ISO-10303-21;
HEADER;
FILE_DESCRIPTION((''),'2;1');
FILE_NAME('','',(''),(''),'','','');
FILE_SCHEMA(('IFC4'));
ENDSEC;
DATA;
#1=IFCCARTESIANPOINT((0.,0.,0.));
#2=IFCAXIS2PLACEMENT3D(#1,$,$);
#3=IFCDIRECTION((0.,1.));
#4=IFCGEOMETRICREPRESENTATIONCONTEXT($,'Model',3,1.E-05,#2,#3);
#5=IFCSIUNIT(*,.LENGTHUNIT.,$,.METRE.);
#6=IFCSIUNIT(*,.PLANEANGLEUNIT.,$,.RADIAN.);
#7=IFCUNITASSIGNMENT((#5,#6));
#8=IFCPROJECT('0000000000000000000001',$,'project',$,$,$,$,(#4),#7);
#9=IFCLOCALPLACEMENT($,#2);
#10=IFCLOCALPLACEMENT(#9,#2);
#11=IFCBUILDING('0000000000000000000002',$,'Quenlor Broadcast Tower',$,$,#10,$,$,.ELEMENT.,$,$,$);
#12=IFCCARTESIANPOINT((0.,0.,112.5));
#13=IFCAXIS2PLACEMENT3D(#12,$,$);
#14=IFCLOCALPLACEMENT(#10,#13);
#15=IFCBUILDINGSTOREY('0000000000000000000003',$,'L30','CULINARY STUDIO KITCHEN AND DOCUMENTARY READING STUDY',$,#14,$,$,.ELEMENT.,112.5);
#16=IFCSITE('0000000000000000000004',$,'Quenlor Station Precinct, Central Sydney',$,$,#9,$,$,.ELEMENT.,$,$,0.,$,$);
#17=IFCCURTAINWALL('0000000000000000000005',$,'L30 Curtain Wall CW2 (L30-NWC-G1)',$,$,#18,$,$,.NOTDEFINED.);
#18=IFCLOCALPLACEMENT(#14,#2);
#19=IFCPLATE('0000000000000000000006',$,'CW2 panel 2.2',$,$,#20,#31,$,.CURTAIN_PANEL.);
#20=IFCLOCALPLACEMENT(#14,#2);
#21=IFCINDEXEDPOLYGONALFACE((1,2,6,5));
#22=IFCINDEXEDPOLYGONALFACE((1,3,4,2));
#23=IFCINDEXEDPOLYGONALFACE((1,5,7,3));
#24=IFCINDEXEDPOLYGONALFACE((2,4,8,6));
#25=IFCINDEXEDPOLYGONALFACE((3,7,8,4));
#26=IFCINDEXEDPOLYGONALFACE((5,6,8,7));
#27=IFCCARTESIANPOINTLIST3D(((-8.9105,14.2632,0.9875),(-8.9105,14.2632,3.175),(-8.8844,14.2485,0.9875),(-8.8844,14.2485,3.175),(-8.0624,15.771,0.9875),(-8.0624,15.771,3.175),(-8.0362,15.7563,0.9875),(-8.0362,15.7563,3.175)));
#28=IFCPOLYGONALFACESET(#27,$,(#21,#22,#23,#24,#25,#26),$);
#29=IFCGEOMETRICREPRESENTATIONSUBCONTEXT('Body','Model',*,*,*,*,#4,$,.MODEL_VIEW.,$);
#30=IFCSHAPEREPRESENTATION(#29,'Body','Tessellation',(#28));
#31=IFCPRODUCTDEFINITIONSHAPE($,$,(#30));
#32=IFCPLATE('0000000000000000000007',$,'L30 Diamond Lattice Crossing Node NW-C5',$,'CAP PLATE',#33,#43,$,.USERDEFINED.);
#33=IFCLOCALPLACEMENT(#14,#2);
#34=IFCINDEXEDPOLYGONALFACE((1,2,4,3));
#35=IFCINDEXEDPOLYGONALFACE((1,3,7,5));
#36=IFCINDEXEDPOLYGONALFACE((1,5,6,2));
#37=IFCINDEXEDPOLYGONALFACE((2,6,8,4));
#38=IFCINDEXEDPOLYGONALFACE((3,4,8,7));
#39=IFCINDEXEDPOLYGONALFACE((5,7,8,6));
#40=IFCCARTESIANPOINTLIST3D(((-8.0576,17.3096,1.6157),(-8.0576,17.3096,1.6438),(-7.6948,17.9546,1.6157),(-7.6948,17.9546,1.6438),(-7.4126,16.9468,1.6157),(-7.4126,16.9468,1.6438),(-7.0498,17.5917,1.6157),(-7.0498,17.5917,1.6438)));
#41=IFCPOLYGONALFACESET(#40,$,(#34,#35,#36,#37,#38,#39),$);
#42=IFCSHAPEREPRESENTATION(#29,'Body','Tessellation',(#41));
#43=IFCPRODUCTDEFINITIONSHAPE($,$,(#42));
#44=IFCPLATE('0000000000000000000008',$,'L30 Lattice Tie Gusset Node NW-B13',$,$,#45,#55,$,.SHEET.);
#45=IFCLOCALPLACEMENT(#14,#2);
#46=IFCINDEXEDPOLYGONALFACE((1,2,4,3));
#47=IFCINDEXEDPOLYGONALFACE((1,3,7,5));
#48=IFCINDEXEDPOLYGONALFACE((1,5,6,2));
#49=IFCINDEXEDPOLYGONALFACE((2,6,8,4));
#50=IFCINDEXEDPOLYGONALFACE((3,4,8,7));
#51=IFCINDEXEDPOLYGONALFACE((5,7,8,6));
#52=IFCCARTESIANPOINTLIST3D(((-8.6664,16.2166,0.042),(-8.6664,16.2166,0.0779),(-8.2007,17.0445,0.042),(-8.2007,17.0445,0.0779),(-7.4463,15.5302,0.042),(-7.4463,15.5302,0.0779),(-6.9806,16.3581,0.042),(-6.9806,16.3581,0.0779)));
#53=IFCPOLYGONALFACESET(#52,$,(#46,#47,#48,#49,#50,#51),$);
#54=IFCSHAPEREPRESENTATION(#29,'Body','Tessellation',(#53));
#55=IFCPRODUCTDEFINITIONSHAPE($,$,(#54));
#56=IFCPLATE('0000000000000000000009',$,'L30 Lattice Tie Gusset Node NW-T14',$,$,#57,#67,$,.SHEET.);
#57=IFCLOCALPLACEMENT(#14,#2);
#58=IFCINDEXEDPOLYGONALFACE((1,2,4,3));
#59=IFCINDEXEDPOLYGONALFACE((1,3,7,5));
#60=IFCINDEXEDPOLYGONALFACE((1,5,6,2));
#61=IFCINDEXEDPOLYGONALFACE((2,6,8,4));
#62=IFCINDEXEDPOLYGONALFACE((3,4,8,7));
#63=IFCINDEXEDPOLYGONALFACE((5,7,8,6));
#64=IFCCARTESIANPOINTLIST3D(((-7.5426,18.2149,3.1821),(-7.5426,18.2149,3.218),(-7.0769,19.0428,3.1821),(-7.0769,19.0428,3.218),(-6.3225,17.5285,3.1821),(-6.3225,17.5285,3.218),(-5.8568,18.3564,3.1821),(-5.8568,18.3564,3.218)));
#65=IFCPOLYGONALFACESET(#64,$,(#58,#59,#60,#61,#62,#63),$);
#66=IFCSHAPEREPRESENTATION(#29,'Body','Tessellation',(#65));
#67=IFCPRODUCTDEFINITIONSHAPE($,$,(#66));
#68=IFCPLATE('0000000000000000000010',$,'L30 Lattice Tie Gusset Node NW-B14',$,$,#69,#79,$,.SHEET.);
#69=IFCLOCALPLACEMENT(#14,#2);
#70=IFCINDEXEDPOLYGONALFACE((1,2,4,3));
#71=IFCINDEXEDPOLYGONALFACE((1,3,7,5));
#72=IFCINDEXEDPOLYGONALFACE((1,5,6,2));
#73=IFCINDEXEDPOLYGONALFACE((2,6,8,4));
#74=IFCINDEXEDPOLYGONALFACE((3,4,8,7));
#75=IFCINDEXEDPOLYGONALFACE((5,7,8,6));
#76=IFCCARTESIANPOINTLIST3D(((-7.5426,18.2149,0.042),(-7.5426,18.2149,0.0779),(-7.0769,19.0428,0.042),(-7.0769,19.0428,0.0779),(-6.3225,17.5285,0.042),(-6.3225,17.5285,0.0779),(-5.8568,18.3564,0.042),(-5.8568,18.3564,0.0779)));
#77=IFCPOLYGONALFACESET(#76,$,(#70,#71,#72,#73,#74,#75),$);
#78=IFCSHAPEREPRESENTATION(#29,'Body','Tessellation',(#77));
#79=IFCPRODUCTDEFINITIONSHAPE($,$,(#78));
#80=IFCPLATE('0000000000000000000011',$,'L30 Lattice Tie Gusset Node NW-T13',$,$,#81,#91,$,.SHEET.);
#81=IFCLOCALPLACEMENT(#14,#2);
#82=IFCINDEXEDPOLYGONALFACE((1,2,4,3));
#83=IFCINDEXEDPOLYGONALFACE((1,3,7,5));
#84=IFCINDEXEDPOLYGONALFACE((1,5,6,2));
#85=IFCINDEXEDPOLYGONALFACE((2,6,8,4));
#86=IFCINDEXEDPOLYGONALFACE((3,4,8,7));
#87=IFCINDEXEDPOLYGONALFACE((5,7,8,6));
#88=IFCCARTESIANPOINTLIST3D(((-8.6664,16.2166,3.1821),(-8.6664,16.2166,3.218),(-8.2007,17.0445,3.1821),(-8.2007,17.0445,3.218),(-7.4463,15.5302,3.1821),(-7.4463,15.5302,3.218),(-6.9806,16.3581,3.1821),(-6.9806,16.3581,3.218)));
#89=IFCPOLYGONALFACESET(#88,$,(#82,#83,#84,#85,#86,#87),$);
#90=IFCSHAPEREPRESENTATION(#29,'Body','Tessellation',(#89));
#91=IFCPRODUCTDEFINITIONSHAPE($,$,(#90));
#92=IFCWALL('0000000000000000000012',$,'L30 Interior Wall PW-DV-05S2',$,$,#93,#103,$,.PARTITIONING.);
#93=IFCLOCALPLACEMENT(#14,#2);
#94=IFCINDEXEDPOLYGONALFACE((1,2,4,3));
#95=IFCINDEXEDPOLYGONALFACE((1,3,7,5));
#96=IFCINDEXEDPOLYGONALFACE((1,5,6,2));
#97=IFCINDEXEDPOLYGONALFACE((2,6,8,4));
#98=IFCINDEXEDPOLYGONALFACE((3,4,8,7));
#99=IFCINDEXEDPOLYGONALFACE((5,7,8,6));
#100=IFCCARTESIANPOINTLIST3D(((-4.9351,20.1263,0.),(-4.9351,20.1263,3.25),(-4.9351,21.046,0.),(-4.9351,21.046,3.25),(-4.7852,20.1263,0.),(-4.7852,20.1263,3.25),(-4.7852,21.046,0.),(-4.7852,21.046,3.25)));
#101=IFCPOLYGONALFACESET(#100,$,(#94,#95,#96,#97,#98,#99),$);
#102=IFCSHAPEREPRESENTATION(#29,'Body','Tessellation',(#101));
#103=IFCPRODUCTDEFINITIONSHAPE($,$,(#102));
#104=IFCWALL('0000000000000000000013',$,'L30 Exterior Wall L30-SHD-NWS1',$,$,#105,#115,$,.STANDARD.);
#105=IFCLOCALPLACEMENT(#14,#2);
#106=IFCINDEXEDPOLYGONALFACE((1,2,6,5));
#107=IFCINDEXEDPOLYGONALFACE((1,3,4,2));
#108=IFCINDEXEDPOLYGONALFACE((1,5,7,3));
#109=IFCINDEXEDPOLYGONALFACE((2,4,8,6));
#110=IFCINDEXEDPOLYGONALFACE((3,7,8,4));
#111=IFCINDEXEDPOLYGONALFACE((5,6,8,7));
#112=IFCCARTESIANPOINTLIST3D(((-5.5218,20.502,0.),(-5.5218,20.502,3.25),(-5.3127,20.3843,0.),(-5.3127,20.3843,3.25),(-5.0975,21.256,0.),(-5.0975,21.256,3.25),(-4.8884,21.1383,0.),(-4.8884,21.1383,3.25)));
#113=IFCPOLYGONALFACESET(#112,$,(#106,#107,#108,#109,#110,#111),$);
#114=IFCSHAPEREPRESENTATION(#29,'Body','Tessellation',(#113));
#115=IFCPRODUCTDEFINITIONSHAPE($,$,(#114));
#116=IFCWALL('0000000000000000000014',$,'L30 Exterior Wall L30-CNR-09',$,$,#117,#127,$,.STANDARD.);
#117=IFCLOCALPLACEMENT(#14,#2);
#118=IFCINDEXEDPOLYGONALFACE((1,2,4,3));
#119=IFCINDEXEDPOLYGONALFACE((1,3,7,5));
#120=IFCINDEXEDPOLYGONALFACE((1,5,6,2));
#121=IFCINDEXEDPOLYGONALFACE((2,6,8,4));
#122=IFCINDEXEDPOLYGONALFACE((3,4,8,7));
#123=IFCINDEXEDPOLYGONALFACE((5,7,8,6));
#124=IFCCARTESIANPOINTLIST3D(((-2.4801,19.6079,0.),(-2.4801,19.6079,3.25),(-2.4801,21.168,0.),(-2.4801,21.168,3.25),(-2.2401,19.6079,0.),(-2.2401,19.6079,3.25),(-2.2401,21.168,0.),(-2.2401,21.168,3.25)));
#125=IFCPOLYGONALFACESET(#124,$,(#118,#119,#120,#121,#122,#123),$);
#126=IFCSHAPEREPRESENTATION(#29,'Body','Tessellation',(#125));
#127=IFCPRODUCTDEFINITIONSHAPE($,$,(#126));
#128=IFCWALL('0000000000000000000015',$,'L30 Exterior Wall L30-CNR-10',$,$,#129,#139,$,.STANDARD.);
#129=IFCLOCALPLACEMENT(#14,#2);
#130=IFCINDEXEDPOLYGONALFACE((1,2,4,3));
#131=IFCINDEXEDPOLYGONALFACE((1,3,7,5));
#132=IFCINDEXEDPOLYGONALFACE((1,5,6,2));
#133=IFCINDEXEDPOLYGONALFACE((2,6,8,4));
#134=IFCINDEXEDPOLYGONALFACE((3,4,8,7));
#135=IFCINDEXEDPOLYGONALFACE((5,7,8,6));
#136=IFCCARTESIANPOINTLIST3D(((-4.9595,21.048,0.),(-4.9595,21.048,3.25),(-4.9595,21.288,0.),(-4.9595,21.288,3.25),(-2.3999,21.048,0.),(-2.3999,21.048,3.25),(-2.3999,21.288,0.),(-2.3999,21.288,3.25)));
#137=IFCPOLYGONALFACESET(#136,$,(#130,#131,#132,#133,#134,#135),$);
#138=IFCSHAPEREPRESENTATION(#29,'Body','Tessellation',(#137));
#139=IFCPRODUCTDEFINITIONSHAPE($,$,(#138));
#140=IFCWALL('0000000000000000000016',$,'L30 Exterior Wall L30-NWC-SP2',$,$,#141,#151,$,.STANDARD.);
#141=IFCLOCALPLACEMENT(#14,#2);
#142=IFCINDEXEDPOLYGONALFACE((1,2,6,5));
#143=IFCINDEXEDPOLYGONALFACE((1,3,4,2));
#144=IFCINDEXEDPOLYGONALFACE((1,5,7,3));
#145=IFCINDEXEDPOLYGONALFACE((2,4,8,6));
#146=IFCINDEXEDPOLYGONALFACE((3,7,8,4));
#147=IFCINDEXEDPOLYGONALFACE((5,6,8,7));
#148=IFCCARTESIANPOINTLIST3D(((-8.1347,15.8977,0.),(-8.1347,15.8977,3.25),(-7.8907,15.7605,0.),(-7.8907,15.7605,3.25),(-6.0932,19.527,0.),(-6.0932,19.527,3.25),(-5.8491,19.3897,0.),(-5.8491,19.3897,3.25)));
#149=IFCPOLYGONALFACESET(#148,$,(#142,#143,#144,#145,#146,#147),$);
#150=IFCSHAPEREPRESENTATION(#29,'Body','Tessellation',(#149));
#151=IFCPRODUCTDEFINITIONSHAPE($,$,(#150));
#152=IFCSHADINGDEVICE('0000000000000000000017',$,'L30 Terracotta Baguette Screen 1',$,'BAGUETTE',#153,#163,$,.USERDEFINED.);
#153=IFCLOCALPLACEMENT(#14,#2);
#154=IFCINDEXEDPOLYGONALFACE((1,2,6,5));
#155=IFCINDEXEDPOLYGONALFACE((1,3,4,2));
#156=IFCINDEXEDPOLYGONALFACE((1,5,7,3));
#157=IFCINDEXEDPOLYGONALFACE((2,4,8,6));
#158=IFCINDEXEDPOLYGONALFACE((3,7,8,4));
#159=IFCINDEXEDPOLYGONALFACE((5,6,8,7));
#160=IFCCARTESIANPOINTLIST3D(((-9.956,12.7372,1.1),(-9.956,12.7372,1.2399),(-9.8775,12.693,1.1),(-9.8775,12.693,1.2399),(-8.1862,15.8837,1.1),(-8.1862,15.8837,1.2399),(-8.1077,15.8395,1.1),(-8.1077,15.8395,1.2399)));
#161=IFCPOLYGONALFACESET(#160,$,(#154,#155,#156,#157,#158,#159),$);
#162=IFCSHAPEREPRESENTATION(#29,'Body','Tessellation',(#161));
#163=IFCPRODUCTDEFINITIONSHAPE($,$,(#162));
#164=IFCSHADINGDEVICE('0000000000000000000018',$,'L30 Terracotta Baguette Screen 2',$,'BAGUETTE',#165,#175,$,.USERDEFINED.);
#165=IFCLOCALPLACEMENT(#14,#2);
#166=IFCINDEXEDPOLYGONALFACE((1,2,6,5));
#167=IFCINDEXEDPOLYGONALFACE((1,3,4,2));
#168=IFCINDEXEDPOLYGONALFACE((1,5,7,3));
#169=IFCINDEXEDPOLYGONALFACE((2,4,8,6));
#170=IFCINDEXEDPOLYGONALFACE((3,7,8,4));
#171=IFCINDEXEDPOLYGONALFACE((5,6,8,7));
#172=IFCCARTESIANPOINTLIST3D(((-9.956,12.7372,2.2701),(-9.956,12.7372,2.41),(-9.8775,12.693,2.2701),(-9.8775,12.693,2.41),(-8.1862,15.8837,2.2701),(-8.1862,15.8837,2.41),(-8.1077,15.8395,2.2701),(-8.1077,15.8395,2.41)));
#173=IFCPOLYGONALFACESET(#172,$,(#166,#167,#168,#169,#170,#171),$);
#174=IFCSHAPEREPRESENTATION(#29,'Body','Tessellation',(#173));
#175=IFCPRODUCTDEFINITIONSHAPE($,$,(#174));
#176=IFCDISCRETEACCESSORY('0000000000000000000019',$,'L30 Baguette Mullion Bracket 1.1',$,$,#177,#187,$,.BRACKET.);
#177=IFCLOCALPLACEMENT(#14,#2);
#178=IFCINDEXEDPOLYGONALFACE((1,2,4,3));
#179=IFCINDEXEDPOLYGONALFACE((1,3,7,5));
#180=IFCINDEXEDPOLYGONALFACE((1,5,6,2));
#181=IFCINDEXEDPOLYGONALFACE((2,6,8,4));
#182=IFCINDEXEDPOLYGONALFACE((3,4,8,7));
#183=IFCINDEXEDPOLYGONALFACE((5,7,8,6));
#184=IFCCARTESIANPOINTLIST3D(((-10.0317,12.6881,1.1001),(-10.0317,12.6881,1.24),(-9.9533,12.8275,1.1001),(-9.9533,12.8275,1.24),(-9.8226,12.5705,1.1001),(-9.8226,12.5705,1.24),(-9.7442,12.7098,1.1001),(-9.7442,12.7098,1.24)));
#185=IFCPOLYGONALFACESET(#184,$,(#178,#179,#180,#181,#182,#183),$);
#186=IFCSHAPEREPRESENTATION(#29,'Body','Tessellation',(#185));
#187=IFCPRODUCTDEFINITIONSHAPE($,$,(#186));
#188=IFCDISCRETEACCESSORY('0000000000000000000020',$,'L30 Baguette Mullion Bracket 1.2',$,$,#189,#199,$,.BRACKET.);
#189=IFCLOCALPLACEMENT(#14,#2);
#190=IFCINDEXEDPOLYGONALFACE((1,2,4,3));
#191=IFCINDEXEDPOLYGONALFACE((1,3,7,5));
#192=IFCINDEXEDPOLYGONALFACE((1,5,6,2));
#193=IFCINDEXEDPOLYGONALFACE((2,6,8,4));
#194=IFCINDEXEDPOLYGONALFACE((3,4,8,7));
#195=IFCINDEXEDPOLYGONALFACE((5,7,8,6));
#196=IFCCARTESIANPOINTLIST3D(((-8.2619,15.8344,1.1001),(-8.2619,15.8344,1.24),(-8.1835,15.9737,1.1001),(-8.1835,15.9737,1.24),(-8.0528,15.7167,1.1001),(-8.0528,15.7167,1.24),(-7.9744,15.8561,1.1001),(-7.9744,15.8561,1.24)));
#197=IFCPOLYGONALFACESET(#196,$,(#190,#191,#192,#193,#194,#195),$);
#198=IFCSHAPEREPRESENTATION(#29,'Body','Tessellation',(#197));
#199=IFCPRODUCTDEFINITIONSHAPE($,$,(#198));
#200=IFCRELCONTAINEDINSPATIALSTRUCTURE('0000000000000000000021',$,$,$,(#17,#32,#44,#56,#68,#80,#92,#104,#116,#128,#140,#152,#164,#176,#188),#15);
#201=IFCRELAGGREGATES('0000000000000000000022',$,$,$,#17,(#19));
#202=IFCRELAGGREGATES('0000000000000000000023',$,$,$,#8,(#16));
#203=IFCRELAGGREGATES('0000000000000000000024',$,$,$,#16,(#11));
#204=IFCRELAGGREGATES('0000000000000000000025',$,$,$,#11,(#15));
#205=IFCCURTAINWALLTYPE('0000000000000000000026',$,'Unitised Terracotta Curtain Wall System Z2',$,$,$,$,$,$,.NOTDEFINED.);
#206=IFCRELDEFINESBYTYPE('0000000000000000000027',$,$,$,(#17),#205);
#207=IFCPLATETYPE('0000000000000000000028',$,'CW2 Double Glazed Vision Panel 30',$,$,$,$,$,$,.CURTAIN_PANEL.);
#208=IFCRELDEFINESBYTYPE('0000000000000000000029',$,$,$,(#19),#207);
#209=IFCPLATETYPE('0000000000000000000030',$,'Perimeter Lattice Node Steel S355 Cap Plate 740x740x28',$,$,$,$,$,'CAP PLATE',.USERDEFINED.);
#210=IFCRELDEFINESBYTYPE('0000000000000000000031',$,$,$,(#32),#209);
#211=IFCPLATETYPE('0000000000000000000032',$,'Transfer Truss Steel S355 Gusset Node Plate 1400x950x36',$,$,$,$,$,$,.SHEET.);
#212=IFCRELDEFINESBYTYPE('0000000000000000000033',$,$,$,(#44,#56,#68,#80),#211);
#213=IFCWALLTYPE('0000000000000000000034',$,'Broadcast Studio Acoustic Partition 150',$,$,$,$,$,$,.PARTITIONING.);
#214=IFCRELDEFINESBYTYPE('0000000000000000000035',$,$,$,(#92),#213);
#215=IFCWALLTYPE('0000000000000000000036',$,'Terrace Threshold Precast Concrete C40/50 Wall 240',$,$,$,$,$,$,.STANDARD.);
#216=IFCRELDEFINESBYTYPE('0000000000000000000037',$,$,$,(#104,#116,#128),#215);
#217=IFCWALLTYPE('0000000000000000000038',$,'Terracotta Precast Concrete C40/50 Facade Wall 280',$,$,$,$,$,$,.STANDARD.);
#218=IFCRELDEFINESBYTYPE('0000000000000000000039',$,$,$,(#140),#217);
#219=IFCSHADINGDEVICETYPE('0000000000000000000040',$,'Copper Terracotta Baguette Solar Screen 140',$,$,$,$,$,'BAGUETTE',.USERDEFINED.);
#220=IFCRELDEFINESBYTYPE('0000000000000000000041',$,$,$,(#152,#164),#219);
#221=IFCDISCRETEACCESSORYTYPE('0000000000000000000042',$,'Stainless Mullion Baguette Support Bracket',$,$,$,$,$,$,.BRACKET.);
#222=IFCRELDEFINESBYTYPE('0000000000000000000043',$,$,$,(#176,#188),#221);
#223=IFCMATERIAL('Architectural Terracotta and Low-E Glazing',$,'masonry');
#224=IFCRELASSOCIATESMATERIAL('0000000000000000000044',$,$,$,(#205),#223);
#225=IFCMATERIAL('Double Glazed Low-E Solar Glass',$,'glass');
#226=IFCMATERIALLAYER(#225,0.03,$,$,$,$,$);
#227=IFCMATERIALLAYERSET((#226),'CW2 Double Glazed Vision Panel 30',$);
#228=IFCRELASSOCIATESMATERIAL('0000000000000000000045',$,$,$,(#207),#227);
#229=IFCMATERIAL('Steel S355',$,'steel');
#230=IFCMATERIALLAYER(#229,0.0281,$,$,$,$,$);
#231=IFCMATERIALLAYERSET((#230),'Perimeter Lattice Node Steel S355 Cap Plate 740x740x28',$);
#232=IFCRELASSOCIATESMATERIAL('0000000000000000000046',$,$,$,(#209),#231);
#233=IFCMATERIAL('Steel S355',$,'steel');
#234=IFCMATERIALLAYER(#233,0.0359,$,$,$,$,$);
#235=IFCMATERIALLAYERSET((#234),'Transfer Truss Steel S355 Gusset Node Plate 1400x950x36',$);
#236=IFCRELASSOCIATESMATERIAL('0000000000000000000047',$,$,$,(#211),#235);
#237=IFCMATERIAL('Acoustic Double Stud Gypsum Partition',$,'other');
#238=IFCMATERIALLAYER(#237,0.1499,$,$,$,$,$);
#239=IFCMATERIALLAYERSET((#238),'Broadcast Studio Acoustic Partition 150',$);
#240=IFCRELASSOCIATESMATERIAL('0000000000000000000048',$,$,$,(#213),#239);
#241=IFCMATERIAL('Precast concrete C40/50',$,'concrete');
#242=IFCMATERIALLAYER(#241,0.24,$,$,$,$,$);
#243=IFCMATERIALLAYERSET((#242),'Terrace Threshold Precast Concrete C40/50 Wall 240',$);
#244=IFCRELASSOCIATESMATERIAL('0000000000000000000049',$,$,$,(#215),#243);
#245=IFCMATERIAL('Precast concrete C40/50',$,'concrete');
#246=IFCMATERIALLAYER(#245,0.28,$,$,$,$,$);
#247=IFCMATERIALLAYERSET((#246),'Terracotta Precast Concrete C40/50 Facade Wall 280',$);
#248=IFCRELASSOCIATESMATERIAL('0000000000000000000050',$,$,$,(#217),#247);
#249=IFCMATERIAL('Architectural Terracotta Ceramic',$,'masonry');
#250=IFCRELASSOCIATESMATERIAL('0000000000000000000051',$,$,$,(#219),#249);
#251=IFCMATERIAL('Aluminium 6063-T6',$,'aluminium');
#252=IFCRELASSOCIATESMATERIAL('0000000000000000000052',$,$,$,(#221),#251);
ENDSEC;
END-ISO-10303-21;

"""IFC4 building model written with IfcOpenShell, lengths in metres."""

from ifc_helpers import new_model, si_unit, direction, frame, frame_2d, origin, origin_2d, place, context, subcontext, project, spatial, rectangle, extrude, material, layer, layer_set, material_profile, profile_set, type_object, element, aggregate, save


model = new_model("IFC4")

# Units and contexts
model_context = context("Model", 3, precision=1e-05, world=origin(), true_north=direction((0.0, 1.0)))
body_context = subcontext(model_context, "Body", "Model", "MODEL_VIEW")
ifc_project = project(units=[si_unit("LENGTHUNIT", "METRE"), si_unit("PLANEANGLEUNIT", "RADIAN")], contexts=[model_context])

# Site, building, storey
site_placement = place(None, origin())
site = spatial("IfcSite", under=ifc_project, at=site_placement, Name="Quenlor Station Precinct, Central Sydney", CompositionType="ELEMENT", RefElevation=0.0)
building_placement = place(site_placement, origin())
building = spatial("IfcBuilding", under=site, at=building_placement, Name="Quenlor Broadcast Tower", CompositionType="ELEMENT")
storey_placement = place(building_placement, frame((0.0, 0.0, 112.5)))
storey = spatial("IfcBuildingStorey", under=building, at=storey_placement, Name="L30", Description="CULINARY STUDIO KITCHEN AND DOCUMENTARY READING STUDY", CompositionType="ELEMENT", Elevation=112.5)

# Curtain wall
ifc_material_1 = material(Name="Architectural Terracotta and Low-E Glazing", Category="masonry")
curtain_wall_type = type_object("IfcCurtainWallType", Name="Unitised Terracotta Curtain Wall System Z2", PredefinedType="NOTDEFINED", material=ifc_material_1)
curtain_wall_placement = place(storey_placement, origin())
curtain_wall = element("IfcCurtainWall", 1, at=curtain_wall_placement, inside=storey, type_object=curtain_wall_type, Name="L30 Curtain Wall CW2 (L30-NWC-G1)", PredefinedType="NOTDEFINED")

# Plate
ifc_material_2 = material(Name="Double Glazed Low-E Solar Glass", Category="glass")
ifc_layer_1 = layer(ifc_material_2, 0.03)
ifc_layer_set_1 = layer_set([ifc_layer_1], Name="CW2 Double Glazed Vision Panel 30")
plate_type_1 = type_object("IfcPlateType", Name="CW2 Double Glazed Vision Panel 30", PredefinedType="CURTAIN_PANEL", material=ifc_layer_set_1)
plate_1_placement = place(storey_placement, frame((-8.4734, 15.0098, 0.9875), z_axis=(0.0, 0.0, 1.0), x_axis=(0.490265, 0.871573, 0.0)))
plate_1 = element("IfcPlate", 2, at=plate_1_placement, type_object=plate_type_1, Name="CW2 panel 2.2", PredefinedType="CURTAIN_PANEL", context=body_context, shape_type="SweptSolid", body=[
    extrude(rectangle(XDim=1.73, YDim=0.03, at=origin_2d()), origin(), (0.0, 0.0, 1.0), 2.1875),
])
aggregate(curtain_wall, [plate_1])

# Plates
ifc_material_3 = material(Name="Steel S355", Category="steel")
ifc_layer_2 = layer(ifc_material_3, 0.0281)
ifc_layer_set_2 = layer_set([ifc_layer_2], Name="Perimeter Lattice Node Steel S355 Cap Plate 740x740x28")
plate_type_2 = type_object("IfcPlateType", Name="Perimeter Lattice Node Steel S355 Cap Plate 740x740x28", ElementType="CAP PLATE", PredefinedType="USERDEFINED", material=ifc_layer_set_2)
plate_2_placement = place(storey_placement, frame((-7.5537, 17.4507, 1.6157), z_axis=(0.0, 0.0, 1.0), x_axis=(0.490295, 0.871556, 0.0)))
element("IfcPlate", 3, at=plate_2_placement, inside=storey, type_object=plate_type_2, Name="L30 Diamond Lattice Crossing Node NW-C5", ObjectType="CAP PLATE", PredefinedType="USERDEFINED", context=body_context, shape_type="SweptSolid", body=[
    extrude(rectangle(XDim=0.74, YDim=0.74, at=origin_2d()), origin(), (0.0, 0.0, 1.0), 0.0281),
])
ifc_material_4 = material(Name="Steel S355", Category="steel")
ifc_layer_3 = layer(ifc_material_4, 0.0359)
ifc_layer_set_3 = layer_set([ifc_layer_3], Name="Transfer Truss Steel S355 Gusset Node Plate 1400x950x36")
plate_type_3 = type_object("IfcPlateType", Name="Transfer Truss Steel S355 Gusset Node Plate 1400x950x36", PredefinedType="SHEET", material=ifc_layer_set_3)
for number, where, z_axis, x_axis, name in (
    (4, (-7.8235, 16.2874, 0.042), (0.0, 0.0, 1.0), (-0.871556, 0.490295, 0.0), "L30 Lattice Tie Gusset Node NW-B13"),
    (5, (-6.6997, 18.2856, 3.1821), (0.0, 0.0, 1.0), (-0.871556, 0.490295, 0.0), "L30 Lattice Tie Gusset Node NW-T14"),
    (6, (-6.6997, 18.2856, 0.042), (0.0, 0.0, 1.0), (-0.871556, 0.490295, 0.0), "L30 Lattice Tie Gusset Node NW-B14"),
    (7, (-7.8235, 16.2874, 3.1821), (0.0, 0.0, 1.0), (-0.871556, 0.490295, 0.0), "L30 Lattice Tie Gusset Node NW-T13"),
):
    element("IfcPlate", number, at=place(storey_placement, frame(where, z_axis=z_axis, x_axis=x_axis)), inside=storey, type_object=plate_type_3, Name=name, PredefinedType="SHEET", context=body_context, shape_type="SweptSolid", body=[
        extrude(rectangle(XDim=1.3999, YDim=0.95, at=origin_2d()), origin(), (0.0, 0.0, 1.0), 0.0359),
    ])

# Walls
ifc_material_5 = material(Name="Acoustic Double Stud Gypsum Partition", Category="other")
ifc_layer_4 = layer(ifc_material_5, 0.1499)
ifc_layer_set_4 = layer_set([ifc_layer_4], Name="Broadcast Studio Acoustic Partition 150")
wall_type_1 = type_object("IfcWallType", Name="Broadcast Studio Acoustic Partition 150", PredefinedType="PARTITIONING", material=ifc_layer_set_4)
wall_1_placement = place(storey_placement, frame((-4.8601, 20.1262, 0.0), z_axis=(0.0, 0.0, 1.0), x_axis=(0.0, 1.0, 0.0)))
element("IfcWall", 8, at=wall_1_placement, inside=storey, type_object=wall_type_1, Name="L30 Interior Wall PW-DV-05S2", PredefinedType="PARTITIONING", context=body_context, shape_type="SweptSolid", body=[
    extrude(rectangle(XDim=0.9197, YDim=0.1499, at=frame_2d((0.46, 0.0))), origin(), (0.0, 0.0, 1.0), 3.25),
])
ifc_material_6 = material(Name="Precast concrete C40/50", Category="concrete")
ifc_layer_5 = layer(ifc_material_6, 0.24)
ifc_layer_set_5 = layer_set([ifc_layer_5], Name="Terrace Threshold Precast Concrete C40/50 Wall 240")
wall_type_2 = type_object("IfcWallType", Name="Terrace Threshold Precast Concrete C40/50 Wall 240", PredefinedType="STANDARD", material=ifc_layer_set_5)
wall_2_placement = place(storey_placement, frame((-5.4172, 20.4431, 0.0), z_axis=(0.0, 0.0, 1.0), x_axis=(0.490355, 0.871523, 0.0)))
element("IfcWall", 9, at=wall_2_placement, inside=storey, type_object=wall_type_2, Name="L30 Exterior Wall L30-SHD-NWS1", PredefinedType="STANDARD", context=body_context, shape_type="SweptSolid", body=[
    extrude(rectangle(XDim=0.8652, YDim=0.24, at=frame_2d((0.4326, 0.0))), origin(), (0.0, 0.0, 1.0), 3.25),
])
wall_3_placement = place(storey_placement, frame((-2.3601, 19.6079, 0.0), z_axis=(0.0, 0.0, 1.0), x_axis=(0.0, 1.0, 0.0)))
element("IfcWall", 10, at=wall_3_placement, inside=storey, type_object=wall_type_2, Name="L30 Exterior Wall L30-CNR-09", PredefinedType="STANDARD", context=body_context, shape_type="SweptSolid", body=[
    extrude(rectangle(XDim=1.5601, YDim=0.24, at=frame_2d((0.78, 0.0))), origin(), (0.0, 0.0, 1.0), 3.25),
])
wall_4_placement = place(storey_placement, frame((-2.3999, 21.168, 0.0), z_axis=(0.0, 0.0, 1.0), x_axis=(-1.0, 0.0, 0.0)))
element("IfcWall", 11, at=wall_4_placement, inside=storey, type_object=wall_type_2, Name="L30 Exterior Wall L30-CNR-10", PredefinedType="STANDARD", context=body_context, shape_type="SweptSolid", body=[
    extrude(rectangle(XDim=2.5596, YDim=0.24, at=frame_2d((1.2798, 0.0))), origin(), (0.0, 0.0, 1.0), 3.25),
])
ifc_material_7 = material(Name="Precast concrete C40/50", Category="concrete")
ifc_layer_6 = layer(ifc_material_7, 0.28)
ifc_layer_set_6 = layer_set([ifc_layer_6], Name="Terracotta Precast Concrete C40/50 Facade Wall 280")
wall_type_3 = type_object("IfcWallType", Name="Terracotta Precast Concrete C40/50 Facade Wall 280", PredefinedType="STANDARD", material=ifc_layer_set_6)
wall_5_placement = place(storey_placement, frame((-8.0127, 15.8291, 0.0), z_axis=(0.0, 0.0, 1.0), x_axis=(0.490281, 0.871565, 0.0)))
element("IfcWall", 12, at=wall_5_placement, inside=storey, type_object=wall_type_3, Name="L30 Exterior Wall L30-NWC-SP2", PredefinedType="STANDARD", context=body_context, shape_type="SweptSolid", body=[
    extrude(rectangle(XDim=4.1641, YDim=0.28, at=frame_2d((2.082, 0.0))), origin(), (0.0, 0.0, 1.0), 3.25),
])

# Shading devices
ifc_material_8 = material(Name="Architectural Terracotta Ceramic", Category="masonry")
ifc_material_profile_1 = material_profile(ifc_material_8, rectangle(XDim=0.0901, YDim=0.1399, at=origin_2d()))
ifc_profile_set_1 = profile_set([ifc_material_profile_1], Name="Architectural Terracotta Ceramic BAG90x140")
shading_device_type = type_object("IfcShadingDeviceType", Name="Copper Terracotta Baguette Solar Screen 140", ElementType="BAGUETTE", PredefinedType="USERDEFINED", material=ifc_profile_set_1)
for number, where, z_axis, x_axis, name in (
    (13, (-9.9167, 12.7151, 1.1699), (0.490236, 0.87159, 0.0), (-0.87159, 0.490236, 0.0), "L30 Terracotta Baguette Screen 1"),
    (14, (-9.9167, 12.7151, 2.3401), (0.490236, 0.87159, 0.0), (-0.87159, 0.490236, 0.0), "L30 Terracotta Baguette Screen 2"),
):
    element("IfcShadingDevice", number, at=place(storey_placement, frame(where, z_axis=z_axis, x_axis=x_axis)), inside=storey, type_object=shading_device_type, Name=name, ObjectType="BAGUETTE", PredefinedType="USERDEFINED", context=body_context, shape_type="SweptSolid", body=[
        extrude(rectangle(XDim=0.0901, YDim=0.1399, at=origin_2d()), origin(), (0.0, 0.0, 1.0), 3.6101),
    ])

# Discrete accessories
ifc_material_9 = material(Name="Aluminium 6063-T6", Category="aluminium")
discrete_accessory_type = type_object("IfcDiscreteAccessoryType", Name="Stainless Mullion Baguette Support Bracket", PredefinedType="BRACKET", material=ifc_material_9)
for number, where, z_axis, x_axis, name in (
    (15, (-9.8879, 12.699, 1.1001), (0.0, 0.0, 1.0), (0.490265, 0.871573, 0.0), "L30 Baguette Mullion Bracket 1.1"),
    (16, (-8.1182, 15.8452, 1.1001), (0.0, 0.0, 1.0), (0.490265, 0.871573, 0.0), "L30 Baguette Mullion Bracket 1.2"),
):
    element("IfcDiscreteAccessory", number, at=place(storey_placement, frame(where, z_axis=z_axis, x_axis=x_axis)), inside=storey, type_object=discrete_accessory_type, Name=name, PredefinedType="BRACKET", context=body_context, shape_type="SweptSolid", body=[
        extrude(rectangle(XDim=0.1599, YDim=0.24, at=origin_2d()), origin(), (0.0, 0.0, 1.0), 0.1399),
    ])

save(model, "model.ifc")
